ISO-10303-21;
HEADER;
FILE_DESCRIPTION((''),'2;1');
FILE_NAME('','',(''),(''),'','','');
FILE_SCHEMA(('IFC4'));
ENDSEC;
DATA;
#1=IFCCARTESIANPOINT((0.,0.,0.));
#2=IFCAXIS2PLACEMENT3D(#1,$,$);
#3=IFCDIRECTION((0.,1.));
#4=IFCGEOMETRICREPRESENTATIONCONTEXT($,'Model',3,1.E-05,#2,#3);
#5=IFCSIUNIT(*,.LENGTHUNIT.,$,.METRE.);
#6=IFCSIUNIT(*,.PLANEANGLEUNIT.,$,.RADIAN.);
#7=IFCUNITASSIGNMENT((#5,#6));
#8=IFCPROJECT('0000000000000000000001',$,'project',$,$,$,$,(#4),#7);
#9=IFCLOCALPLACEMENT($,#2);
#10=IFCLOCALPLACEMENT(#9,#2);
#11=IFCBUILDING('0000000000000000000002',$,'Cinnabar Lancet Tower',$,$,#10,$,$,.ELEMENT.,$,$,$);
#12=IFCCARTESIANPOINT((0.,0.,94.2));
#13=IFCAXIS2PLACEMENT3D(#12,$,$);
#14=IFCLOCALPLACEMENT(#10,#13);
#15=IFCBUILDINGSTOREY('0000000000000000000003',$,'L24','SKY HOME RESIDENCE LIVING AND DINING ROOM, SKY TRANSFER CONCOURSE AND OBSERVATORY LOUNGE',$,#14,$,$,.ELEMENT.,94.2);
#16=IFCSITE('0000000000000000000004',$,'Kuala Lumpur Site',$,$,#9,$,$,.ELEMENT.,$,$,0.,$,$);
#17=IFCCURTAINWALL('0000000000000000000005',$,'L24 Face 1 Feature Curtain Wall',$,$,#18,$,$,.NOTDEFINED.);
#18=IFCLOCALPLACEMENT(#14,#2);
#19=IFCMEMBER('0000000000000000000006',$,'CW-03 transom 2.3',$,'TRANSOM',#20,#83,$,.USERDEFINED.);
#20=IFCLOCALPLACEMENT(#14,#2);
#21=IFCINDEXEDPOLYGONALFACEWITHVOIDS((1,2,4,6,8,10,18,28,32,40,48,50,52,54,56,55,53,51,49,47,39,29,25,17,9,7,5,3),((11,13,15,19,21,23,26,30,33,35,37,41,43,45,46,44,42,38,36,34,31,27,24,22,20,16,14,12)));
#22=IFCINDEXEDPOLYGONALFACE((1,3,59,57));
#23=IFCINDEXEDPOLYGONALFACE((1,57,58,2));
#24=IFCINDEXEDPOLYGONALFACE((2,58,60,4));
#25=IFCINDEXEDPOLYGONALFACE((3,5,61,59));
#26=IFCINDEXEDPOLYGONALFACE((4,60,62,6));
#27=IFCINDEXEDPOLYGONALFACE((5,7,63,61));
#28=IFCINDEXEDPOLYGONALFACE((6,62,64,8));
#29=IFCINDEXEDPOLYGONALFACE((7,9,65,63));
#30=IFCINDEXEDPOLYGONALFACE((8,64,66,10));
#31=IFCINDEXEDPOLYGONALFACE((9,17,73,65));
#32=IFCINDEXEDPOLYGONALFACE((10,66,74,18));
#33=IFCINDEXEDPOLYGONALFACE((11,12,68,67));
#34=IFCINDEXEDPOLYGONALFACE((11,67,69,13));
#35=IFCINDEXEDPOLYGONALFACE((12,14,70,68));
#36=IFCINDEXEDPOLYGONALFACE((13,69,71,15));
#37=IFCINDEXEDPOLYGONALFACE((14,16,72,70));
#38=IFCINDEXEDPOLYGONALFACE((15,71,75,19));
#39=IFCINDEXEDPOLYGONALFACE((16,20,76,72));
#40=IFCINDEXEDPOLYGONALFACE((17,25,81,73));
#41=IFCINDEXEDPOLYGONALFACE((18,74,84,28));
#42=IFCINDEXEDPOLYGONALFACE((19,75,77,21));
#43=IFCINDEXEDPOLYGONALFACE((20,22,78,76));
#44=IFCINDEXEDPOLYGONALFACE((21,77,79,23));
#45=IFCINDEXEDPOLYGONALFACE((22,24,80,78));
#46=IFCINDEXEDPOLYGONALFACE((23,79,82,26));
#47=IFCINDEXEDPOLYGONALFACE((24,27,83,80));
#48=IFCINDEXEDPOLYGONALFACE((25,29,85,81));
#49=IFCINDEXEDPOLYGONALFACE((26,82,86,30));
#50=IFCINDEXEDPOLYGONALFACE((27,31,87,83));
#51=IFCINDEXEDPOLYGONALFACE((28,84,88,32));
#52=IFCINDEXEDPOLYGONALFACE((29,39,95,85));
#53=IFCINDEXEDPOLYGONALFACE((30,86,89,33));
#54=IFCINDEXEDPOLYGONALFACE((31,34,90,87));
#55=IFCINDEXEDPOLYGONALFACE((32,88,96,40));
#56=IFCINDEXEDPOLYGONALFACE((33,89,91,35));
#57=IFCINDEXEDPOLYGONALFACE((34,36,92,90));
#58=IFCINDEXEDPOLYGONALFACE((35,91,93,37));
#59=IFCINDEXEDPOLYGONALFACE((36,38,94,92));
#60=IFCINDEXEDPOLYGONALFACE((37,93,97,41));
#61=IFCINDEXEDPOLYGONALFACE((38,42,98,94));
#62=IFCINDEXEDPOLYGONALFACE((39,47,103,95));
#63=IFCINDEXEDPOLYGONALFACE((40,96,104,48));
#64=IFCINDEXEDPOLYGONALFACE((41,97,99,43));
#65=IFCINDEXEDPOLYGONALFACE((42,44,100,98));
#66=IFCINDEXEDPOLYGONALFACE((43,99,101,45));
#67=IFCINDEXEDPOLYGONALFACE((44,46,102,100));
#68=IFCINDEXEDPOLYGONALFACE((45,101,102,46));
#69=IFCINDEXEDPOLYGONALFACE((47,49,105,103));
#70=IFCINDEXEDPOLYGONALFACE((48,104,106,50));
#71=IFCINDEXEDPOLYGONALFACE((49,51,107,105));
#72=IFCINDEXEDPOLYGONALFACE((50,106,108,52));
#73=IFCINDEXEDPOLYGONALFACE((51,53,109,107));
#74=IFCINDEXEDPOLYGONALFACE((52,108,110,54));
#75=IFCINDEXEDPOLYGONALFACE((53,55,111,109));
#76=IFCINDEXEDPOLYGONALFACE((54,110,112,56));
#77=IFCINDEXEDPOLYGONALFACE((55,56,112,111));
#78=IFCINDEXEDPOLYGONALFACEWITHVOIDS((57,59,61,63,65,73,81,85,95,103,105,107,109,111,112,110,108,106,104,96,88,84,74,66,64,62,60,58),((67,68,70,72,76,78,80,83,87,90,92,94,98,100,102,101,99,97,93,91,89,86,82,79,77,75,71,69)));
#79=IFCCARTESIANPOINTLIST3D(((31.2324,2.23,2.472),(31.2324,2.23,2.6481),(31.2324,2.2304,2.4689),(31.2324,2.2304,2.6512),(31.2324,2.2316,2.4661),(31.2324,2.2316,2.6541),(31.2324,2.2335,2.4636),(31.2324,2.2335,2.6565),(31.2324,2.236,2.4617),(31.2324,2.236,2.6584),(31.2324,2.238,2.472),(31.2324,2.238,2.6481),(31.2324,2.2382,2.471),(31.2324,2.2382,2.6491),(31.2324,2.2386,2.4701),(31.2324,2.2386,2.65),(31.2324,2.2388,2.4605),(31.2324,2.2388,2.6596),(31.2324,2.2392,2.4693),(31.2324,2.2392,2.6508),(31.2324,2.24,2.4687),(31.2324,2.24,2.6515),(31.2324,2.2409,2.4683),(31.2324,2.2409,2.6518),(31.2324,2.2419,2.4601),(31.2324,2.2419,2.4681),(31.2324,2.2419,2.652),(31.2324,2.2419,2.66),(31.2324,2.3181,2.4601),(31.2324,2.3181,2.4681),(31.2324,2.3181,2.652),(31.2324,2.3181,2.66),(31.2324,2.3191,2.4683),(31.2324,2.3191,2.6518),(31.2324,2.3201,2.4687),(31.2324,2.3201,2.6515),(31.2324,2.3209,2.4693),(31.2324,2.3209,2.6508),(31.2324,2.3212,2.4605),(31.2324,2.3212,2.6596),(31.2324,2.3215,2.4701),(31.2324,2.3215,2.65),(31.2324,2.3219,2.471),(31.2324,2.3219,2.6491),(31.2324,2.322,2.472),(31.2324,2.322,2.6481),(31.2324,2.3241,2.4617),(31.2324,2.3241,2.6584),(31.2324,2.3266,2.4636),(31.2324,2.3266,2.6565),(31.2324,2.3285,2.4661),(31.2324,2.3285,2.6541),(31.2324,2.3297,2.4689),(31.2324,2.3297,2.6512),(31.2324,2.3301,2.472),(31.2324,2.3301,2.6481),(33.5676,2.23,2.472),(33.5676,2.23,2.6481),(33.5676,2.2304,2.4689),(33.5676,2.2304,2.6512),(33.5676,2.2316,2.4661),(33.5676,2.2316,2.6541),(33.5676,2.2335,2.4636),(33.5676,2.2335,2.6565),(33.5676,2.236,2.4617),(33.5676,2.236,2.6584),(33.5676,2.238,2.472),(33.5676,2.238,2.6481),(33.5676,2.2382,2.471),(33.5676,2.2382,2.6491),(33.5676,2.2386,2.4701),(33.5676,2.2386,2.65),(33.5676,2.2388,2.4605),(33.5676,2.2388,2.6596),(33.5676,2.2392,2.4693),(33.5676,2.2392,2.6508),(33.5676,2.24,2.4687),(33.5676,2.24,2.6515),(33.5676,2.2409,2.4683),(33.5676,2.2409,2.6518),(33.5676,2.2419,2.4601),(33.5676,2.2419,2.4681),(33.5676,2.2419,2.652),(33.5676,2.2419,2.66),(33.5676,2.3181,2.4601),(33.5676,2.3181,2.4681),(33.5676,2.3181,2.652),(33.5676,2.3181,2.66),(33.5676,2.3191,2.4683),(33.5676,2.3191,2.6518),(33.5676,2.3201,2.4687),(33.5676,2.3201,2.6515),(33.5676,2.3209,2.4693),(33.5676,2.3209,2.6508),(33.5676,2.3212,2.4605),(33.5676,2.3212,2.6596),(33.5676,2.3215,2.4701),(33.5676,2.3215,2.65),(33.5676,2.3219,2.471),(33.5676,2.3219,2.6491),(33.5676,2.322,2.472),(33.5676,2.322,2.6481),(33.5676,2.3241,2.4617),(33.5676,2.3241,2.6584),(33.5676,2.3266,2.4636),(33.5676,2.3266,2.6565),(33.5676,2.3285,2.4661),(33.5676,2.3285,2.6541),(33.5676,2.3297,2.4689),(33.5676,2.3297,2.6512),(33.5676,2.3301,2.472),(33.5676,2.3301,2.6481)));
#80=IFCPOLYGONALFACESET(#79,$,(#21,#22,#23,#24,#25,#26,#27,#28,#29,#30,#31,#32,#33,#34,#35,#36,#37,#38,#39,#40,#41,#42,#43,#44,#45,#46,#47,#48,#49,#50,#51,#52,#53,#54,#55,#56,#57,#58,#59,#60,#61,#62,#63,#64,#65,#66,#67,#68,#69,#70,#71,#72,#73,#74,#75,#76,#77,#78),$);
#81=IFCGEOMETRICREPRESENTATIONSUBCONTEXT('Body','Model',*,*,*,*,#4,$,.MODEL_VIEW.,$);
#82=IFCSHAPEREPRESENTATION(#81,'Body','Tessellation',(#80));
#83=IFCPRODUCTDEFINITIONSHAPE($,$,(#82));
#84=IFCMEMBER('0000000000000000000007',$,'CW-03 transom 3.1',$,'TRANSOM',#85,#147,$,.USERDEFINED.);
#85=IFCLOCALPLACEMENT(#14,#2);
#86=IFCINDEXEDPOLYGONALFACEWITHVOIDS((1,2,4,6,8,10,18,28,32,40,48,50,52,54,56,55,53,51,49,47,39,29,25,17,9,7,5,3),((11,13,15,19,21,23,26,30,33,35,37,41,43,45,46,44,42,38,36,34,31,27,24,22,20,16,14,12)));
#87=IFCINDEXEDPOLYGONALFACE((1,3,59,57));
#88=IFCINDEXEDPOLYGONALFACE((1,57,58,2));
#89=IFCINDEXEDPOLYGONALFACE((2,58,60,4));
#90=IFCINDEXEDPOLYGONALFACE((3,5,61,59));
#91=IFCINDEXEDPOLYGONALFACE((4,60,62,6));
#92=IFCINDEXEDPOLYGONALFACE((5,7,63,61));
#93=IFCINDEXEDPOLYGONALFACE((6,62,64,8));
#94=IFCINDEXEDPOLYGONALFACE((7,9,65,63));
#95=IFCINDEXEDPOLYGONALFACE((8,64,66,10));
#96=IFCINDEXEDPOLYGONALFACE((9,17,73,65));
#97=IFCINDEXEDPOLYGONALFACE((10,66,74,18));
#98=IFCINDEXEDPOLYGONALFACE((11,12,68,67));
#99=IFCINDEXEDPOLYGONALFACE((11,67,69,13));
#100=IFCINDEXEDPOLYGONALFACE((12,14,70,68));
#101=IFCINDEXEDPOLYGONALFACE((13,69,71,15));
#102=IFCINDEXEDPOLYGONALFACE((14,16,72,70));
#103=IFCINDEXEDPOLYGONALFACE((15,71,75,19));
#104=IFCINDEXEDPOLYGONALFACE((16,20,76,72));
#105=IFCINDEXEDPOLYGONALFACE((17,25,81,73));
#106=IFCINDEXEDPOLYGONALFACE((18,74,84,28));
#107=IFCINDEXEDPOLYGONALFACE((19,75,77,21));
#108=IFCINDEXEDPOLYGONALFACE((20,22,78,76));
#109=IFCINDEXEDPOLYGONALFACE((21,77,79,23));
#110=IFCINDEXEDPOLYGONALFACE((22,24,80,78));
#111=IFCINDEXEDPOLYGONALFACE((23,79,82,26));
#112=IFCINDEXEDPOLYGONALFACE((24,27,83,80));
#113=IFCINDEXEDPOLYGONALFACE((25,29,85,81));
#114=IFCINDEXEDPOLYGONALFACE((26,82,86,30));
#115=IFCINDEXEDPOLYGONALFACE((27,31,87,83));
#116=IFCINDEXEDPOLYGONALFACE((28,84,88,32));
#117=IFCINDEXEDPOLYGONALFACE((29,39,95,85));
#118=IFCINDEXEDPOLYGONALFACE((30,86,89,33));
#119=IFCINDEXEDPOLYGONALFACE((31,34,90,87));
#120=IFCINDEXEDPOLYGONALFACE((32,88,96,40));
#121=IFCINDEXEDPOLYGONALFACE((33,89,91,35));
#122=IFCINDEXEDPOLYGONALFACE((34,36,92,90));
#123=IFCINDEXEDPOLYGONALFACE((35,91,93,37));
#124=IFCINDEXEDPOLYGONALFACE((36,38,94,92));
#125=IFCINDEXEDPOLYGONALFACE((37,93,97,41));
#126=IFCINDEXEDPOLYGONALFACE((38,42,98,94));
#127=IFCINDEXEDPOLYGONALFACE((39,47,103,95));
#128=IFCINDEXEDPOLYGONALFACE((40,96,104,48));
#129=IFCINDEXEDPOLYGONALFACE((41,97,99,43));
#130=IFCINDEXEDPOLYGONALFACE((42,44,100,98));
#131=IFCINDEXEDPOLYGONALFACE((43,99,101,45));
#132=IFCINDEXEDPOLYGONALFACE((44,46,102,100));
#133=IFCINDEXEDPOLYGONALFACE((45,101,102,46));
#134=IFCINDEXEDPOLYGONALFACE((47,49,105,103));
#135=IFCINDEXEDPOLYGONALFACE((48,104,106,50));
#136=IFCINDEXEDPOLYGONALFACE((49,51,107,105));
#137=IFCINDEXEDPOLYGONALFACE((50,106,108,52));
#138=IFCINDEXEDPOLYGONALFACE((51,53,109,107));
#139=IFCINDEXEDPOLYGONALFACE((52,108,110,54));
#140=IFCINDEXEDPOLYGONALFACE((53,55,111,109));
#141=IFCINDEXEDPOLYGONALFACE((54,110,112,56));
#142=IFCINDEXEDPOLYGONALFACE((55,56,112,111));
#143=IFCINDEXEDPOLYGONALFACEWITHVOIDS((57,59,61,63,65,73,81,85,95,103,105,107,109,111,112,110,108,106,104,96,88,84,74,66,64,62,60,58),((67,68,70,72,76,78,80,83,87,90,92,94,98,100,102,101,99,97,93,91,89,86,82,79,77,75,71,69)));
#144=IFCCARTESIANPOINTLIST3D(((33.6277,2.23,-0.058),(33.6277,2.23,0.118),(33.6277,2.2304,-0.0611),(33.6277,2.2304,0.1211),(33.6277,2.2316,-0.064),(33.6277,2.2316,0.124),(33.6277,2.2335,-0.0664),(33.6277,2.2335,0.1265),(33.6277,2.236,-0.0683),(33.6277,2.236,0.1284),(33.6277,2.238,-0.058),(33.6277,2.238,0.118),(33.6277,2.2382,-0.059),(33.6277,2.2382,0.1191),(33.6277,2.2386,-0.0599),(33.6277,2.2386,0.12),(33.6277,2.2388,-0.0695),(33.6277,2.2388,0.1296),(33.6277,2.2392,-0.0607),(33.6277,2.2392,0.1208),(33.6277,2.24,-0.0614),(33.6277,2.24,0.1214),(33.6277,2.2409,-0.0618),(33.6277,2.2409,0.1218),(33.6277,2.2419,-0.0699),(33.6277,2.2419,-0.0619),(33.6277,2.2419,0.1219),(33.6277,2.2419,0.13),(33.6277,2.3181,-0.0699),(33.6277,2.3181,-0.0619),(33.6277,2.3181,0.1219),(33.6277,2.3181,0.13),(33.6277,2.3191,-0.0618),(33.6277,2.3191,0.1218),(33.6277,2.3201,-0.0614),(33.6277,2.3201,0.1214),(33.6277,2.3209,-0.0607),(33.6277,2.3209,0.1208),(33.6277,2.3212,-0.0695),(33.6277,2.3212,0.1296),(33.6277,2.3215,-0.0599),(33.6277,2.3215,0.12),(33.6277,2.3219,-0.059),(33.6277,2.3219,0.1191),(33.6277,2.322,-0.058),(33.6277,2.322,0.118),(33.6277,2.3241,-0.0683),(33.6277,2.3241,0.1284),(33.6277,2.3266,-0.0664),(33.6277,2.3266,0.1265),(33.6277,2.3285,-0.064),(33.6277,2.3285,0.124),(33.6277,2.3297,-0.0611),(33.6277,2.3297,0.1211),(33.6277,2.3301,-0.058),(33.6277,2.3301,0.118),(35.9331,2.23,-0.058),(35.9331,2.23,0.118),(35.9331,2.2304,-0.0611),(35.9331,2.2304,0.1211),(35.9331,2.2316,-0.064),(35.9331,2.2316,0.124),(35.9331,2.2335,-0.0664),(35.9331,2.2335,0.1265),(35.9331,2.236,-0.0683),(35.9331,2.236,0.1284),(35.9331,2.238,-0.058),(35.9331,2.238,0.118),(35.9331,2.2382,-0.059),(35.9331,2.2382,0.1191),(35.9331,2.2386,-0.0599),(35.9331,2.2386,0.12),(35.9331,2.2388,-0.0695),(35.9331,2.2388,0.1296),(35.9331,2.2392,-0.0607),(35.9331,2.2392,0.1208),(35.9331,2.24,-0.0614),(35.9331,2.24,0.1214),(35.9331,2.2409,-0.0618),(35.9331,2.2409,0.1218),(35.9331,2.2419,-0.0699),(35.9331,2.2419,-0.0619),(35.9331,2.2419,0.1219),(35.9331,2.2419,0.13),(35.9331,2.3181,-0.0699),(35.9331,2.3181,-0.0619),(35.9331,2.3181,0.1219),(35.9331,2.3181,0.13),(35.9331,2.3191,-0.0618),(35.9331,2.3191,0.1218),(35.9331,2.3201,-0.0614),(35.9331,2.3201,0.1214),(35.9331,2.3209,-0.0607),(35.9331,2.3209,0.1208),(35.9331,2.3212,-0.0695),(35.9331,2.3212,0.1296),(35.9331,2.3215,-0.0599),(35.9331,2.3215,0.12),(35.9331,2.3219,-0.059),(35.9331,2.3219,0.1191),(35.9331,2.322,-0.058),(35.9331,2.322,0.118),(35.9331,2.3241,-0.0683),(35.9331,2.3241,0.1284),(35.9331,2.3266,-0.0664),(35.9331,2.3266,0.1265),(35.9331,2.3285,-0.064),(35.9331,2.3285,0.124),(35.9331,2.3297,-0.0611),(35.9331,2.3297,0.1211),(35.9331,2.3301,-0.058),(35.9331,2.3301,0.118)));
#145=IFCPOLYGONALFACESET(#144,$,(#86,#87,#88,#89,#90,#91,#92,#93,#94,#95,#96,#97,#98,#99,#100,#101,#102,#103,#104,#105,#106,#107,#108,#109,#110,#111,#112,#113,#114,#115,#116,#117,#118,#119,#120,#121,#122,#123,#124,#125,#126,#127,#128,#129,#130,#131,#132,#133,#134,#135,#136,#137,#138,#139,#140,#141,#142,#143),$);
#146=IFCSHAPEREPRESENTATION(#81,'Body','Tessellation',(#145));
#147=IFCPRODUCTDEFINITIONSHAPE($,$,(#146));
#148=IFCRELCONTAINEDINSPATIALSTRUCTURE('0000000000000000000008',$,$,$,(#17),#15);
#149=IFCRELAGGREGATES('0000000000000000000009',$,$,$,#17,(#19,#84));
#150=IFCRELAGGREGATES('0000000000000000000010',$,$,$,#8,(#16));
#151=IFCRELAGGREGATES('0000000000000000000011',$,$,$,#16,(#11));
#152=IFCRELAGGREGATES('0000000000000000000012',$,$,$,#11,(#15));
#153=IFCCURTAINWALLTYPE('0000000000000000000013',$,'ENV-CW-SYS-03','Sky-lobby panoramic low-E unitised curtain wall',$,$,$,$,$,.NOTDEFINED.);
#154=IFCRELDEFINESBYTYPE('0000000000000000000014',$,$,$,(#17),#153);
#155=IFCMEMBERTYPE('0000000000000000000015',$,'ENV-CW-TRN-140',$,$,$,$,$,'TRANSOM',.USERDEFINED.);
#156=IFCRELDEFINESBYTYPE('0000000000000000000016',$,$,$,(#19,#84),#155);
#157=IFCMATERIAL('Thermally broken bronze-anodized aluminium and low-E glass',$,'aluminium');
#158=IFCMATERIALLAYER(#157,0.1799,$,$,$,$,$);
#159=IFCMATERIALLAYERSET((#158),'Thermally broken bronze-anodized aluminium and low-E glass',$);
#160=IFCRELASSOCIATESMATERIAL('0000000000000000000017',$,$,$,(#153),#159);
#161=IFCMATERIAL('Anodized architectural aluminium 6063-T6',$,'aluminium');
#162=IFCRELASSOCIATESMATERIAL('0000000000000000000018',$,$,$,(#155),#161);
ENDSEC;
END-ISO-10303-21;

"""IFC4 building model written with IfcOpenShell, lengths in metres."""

from ifc_helpers import new_model, si_unit, direction, frame, origin, origin_2d, place, context, subcontext, project, spatial, hollow_rectangle, extrude, material, layer, layer_set, material_profile, profile_set, type_object, element, aggregate, save


model = new_model("IFC4")

# Units and contexts
model_context = context("Model", 3, precision=1e-05, world=origin(), true_north=direction((0.0, 1.0)))
body_context = subcontext(model_context, "Body", "Model", "MODEL_VIEW")
ifc_project = project(units=[si_unit("LENGTHUNIT", "METRE"), si_unit("PLANEANGLEUNIT", "RADIAN")], contexts=[model_context])

# Site, building, storey
site_placement = place(None, origin())
site = spatial("IfcSite", under=ifc_project, at=site_placement, Name="Kuala Lumpur Site", CompositionType="ELEMENT", RefElevation=0.0)
building_placement = place(site_placement, origin())
building = spatial("IfcBuilding", under=site, at=building_placement, Name="Cinnabar Lancet Tower", CompositionType="ELEMENT")
storey_placement = place(building_placement, frame((0.0, 0.0, 94.2)))
storey = spatial("IfcBuildingStorey", under=building, at=storey_placement, Name="L24", Description="SKY HOME RESIDENCE LIVING AND DINING ROOM, SKY TRANSFER CONCOURSE AND OBSERVATORY LOUNGE", CompositionType="ELEMENT", Elevation=94.2)

# Curtain wall, members
ifc_material_1 = material(Name="Thermally broken bronze-anodized aluminium and low-E glass", Category="aluminium")
ifc_layer_1 = layer(ifc_material_1, 0.1799)
ifc_layer_set_1 = layer_set([ifc_layer_1], Name="Thermally broken bronze-anodized aluminium and low-E glass")
curtain_wall_type = type_object("IfcCurtainWallType", Name="ENV-CW-SYS-03", Description="Sky-lobby panoramic low-E unitised curtain wall", PredefinedType="NOTDEFINED", material=ifc_layer_set_1)
curtain_wall_placement = place(storey_placement, origin())
curtain_wall = element("IfcCurtainWall", 1, at=curtain_wall_placement, inside=storey, type_object=curtain_wall_type, Name="L24 Face 1 Feature Curtain Wall", PredefinedType="NOTDEFINED")
ifc_material_2 = material(Name="Anodized architectural aluminium 6063-T6", Category="aluminium")
ifc_material_profile_1 = material_profile(ifc_material_2, hollow_rectangle(XDim=0.1001, YDim=0.2, WallThickness=0.0081, InnerFilletRadius=0.0039, OuterFilletRadius=0.012, at=origin_2d()), Name="RHS 200x100x8")
ifc_profile_set_1 = profile_set([ifc_material_profile_1], Name="Anodized architectural aluminium 6063-T6")
member_type_1 = type_object("IfcMemberType", Name="ENV-CW-TRN-140", ElementType="TRANSOM", PredefinedType="USERDEFINED", material=ifc_profile_set_1)
member_1_placement = place(storey_placement, frame((31.2324, 2.28, 2.5601), z_axis=(1.0, 0.0, 0.0), x_axis=(0.0, 1.0, 0.0)))
member_1 = element("IfcMember", 2, at=member_1_placement, type_object=member_type_1, Name="CW-03 transom 2.3", ObjectType="TRANSOM", PredefinedType="USERDEFINED", context=body_context, shape_type="SweptSolid", body=[
    extrude(hollow_rectangle(XDim=0.1001, YDim=0.2, WallThickness=0.0081, InnerFilletRadius=0.0039, OuterFilletRadius=0.012, at=origin_2d()), origin(), (0.0, 0.0, 1.0), 2.3352),
])
member_2_placement = place(storey_placement, frame((33.6277, 2.28, 0.03), z_axis=(1.0, 0.0, 0.0), x_axis=(0.0, 1.0, 0.0)))
member_2 = element("IfcMember", 3, at=member_2_placement, type_object=member_type_1, Name="CW-03 transom 3.1", ObjectType="TRANSOM", PredefinedType="USERDEFINED", context=body_context, shape_type="SweptSolid", body=[
    extrude(hollow_rectangle(XDim=0.1001, YDim=0.2, WallThickness=0.0081, InnerFilletRadius=0.0039, OuterFilletRadius=0.012, at=origin_2d()), origin(), (0.0, 0.0, 1.0), 2.3054),
])

aggregate(curtain_wall, [member_1, member_2])

save(model, "model.ifc")
